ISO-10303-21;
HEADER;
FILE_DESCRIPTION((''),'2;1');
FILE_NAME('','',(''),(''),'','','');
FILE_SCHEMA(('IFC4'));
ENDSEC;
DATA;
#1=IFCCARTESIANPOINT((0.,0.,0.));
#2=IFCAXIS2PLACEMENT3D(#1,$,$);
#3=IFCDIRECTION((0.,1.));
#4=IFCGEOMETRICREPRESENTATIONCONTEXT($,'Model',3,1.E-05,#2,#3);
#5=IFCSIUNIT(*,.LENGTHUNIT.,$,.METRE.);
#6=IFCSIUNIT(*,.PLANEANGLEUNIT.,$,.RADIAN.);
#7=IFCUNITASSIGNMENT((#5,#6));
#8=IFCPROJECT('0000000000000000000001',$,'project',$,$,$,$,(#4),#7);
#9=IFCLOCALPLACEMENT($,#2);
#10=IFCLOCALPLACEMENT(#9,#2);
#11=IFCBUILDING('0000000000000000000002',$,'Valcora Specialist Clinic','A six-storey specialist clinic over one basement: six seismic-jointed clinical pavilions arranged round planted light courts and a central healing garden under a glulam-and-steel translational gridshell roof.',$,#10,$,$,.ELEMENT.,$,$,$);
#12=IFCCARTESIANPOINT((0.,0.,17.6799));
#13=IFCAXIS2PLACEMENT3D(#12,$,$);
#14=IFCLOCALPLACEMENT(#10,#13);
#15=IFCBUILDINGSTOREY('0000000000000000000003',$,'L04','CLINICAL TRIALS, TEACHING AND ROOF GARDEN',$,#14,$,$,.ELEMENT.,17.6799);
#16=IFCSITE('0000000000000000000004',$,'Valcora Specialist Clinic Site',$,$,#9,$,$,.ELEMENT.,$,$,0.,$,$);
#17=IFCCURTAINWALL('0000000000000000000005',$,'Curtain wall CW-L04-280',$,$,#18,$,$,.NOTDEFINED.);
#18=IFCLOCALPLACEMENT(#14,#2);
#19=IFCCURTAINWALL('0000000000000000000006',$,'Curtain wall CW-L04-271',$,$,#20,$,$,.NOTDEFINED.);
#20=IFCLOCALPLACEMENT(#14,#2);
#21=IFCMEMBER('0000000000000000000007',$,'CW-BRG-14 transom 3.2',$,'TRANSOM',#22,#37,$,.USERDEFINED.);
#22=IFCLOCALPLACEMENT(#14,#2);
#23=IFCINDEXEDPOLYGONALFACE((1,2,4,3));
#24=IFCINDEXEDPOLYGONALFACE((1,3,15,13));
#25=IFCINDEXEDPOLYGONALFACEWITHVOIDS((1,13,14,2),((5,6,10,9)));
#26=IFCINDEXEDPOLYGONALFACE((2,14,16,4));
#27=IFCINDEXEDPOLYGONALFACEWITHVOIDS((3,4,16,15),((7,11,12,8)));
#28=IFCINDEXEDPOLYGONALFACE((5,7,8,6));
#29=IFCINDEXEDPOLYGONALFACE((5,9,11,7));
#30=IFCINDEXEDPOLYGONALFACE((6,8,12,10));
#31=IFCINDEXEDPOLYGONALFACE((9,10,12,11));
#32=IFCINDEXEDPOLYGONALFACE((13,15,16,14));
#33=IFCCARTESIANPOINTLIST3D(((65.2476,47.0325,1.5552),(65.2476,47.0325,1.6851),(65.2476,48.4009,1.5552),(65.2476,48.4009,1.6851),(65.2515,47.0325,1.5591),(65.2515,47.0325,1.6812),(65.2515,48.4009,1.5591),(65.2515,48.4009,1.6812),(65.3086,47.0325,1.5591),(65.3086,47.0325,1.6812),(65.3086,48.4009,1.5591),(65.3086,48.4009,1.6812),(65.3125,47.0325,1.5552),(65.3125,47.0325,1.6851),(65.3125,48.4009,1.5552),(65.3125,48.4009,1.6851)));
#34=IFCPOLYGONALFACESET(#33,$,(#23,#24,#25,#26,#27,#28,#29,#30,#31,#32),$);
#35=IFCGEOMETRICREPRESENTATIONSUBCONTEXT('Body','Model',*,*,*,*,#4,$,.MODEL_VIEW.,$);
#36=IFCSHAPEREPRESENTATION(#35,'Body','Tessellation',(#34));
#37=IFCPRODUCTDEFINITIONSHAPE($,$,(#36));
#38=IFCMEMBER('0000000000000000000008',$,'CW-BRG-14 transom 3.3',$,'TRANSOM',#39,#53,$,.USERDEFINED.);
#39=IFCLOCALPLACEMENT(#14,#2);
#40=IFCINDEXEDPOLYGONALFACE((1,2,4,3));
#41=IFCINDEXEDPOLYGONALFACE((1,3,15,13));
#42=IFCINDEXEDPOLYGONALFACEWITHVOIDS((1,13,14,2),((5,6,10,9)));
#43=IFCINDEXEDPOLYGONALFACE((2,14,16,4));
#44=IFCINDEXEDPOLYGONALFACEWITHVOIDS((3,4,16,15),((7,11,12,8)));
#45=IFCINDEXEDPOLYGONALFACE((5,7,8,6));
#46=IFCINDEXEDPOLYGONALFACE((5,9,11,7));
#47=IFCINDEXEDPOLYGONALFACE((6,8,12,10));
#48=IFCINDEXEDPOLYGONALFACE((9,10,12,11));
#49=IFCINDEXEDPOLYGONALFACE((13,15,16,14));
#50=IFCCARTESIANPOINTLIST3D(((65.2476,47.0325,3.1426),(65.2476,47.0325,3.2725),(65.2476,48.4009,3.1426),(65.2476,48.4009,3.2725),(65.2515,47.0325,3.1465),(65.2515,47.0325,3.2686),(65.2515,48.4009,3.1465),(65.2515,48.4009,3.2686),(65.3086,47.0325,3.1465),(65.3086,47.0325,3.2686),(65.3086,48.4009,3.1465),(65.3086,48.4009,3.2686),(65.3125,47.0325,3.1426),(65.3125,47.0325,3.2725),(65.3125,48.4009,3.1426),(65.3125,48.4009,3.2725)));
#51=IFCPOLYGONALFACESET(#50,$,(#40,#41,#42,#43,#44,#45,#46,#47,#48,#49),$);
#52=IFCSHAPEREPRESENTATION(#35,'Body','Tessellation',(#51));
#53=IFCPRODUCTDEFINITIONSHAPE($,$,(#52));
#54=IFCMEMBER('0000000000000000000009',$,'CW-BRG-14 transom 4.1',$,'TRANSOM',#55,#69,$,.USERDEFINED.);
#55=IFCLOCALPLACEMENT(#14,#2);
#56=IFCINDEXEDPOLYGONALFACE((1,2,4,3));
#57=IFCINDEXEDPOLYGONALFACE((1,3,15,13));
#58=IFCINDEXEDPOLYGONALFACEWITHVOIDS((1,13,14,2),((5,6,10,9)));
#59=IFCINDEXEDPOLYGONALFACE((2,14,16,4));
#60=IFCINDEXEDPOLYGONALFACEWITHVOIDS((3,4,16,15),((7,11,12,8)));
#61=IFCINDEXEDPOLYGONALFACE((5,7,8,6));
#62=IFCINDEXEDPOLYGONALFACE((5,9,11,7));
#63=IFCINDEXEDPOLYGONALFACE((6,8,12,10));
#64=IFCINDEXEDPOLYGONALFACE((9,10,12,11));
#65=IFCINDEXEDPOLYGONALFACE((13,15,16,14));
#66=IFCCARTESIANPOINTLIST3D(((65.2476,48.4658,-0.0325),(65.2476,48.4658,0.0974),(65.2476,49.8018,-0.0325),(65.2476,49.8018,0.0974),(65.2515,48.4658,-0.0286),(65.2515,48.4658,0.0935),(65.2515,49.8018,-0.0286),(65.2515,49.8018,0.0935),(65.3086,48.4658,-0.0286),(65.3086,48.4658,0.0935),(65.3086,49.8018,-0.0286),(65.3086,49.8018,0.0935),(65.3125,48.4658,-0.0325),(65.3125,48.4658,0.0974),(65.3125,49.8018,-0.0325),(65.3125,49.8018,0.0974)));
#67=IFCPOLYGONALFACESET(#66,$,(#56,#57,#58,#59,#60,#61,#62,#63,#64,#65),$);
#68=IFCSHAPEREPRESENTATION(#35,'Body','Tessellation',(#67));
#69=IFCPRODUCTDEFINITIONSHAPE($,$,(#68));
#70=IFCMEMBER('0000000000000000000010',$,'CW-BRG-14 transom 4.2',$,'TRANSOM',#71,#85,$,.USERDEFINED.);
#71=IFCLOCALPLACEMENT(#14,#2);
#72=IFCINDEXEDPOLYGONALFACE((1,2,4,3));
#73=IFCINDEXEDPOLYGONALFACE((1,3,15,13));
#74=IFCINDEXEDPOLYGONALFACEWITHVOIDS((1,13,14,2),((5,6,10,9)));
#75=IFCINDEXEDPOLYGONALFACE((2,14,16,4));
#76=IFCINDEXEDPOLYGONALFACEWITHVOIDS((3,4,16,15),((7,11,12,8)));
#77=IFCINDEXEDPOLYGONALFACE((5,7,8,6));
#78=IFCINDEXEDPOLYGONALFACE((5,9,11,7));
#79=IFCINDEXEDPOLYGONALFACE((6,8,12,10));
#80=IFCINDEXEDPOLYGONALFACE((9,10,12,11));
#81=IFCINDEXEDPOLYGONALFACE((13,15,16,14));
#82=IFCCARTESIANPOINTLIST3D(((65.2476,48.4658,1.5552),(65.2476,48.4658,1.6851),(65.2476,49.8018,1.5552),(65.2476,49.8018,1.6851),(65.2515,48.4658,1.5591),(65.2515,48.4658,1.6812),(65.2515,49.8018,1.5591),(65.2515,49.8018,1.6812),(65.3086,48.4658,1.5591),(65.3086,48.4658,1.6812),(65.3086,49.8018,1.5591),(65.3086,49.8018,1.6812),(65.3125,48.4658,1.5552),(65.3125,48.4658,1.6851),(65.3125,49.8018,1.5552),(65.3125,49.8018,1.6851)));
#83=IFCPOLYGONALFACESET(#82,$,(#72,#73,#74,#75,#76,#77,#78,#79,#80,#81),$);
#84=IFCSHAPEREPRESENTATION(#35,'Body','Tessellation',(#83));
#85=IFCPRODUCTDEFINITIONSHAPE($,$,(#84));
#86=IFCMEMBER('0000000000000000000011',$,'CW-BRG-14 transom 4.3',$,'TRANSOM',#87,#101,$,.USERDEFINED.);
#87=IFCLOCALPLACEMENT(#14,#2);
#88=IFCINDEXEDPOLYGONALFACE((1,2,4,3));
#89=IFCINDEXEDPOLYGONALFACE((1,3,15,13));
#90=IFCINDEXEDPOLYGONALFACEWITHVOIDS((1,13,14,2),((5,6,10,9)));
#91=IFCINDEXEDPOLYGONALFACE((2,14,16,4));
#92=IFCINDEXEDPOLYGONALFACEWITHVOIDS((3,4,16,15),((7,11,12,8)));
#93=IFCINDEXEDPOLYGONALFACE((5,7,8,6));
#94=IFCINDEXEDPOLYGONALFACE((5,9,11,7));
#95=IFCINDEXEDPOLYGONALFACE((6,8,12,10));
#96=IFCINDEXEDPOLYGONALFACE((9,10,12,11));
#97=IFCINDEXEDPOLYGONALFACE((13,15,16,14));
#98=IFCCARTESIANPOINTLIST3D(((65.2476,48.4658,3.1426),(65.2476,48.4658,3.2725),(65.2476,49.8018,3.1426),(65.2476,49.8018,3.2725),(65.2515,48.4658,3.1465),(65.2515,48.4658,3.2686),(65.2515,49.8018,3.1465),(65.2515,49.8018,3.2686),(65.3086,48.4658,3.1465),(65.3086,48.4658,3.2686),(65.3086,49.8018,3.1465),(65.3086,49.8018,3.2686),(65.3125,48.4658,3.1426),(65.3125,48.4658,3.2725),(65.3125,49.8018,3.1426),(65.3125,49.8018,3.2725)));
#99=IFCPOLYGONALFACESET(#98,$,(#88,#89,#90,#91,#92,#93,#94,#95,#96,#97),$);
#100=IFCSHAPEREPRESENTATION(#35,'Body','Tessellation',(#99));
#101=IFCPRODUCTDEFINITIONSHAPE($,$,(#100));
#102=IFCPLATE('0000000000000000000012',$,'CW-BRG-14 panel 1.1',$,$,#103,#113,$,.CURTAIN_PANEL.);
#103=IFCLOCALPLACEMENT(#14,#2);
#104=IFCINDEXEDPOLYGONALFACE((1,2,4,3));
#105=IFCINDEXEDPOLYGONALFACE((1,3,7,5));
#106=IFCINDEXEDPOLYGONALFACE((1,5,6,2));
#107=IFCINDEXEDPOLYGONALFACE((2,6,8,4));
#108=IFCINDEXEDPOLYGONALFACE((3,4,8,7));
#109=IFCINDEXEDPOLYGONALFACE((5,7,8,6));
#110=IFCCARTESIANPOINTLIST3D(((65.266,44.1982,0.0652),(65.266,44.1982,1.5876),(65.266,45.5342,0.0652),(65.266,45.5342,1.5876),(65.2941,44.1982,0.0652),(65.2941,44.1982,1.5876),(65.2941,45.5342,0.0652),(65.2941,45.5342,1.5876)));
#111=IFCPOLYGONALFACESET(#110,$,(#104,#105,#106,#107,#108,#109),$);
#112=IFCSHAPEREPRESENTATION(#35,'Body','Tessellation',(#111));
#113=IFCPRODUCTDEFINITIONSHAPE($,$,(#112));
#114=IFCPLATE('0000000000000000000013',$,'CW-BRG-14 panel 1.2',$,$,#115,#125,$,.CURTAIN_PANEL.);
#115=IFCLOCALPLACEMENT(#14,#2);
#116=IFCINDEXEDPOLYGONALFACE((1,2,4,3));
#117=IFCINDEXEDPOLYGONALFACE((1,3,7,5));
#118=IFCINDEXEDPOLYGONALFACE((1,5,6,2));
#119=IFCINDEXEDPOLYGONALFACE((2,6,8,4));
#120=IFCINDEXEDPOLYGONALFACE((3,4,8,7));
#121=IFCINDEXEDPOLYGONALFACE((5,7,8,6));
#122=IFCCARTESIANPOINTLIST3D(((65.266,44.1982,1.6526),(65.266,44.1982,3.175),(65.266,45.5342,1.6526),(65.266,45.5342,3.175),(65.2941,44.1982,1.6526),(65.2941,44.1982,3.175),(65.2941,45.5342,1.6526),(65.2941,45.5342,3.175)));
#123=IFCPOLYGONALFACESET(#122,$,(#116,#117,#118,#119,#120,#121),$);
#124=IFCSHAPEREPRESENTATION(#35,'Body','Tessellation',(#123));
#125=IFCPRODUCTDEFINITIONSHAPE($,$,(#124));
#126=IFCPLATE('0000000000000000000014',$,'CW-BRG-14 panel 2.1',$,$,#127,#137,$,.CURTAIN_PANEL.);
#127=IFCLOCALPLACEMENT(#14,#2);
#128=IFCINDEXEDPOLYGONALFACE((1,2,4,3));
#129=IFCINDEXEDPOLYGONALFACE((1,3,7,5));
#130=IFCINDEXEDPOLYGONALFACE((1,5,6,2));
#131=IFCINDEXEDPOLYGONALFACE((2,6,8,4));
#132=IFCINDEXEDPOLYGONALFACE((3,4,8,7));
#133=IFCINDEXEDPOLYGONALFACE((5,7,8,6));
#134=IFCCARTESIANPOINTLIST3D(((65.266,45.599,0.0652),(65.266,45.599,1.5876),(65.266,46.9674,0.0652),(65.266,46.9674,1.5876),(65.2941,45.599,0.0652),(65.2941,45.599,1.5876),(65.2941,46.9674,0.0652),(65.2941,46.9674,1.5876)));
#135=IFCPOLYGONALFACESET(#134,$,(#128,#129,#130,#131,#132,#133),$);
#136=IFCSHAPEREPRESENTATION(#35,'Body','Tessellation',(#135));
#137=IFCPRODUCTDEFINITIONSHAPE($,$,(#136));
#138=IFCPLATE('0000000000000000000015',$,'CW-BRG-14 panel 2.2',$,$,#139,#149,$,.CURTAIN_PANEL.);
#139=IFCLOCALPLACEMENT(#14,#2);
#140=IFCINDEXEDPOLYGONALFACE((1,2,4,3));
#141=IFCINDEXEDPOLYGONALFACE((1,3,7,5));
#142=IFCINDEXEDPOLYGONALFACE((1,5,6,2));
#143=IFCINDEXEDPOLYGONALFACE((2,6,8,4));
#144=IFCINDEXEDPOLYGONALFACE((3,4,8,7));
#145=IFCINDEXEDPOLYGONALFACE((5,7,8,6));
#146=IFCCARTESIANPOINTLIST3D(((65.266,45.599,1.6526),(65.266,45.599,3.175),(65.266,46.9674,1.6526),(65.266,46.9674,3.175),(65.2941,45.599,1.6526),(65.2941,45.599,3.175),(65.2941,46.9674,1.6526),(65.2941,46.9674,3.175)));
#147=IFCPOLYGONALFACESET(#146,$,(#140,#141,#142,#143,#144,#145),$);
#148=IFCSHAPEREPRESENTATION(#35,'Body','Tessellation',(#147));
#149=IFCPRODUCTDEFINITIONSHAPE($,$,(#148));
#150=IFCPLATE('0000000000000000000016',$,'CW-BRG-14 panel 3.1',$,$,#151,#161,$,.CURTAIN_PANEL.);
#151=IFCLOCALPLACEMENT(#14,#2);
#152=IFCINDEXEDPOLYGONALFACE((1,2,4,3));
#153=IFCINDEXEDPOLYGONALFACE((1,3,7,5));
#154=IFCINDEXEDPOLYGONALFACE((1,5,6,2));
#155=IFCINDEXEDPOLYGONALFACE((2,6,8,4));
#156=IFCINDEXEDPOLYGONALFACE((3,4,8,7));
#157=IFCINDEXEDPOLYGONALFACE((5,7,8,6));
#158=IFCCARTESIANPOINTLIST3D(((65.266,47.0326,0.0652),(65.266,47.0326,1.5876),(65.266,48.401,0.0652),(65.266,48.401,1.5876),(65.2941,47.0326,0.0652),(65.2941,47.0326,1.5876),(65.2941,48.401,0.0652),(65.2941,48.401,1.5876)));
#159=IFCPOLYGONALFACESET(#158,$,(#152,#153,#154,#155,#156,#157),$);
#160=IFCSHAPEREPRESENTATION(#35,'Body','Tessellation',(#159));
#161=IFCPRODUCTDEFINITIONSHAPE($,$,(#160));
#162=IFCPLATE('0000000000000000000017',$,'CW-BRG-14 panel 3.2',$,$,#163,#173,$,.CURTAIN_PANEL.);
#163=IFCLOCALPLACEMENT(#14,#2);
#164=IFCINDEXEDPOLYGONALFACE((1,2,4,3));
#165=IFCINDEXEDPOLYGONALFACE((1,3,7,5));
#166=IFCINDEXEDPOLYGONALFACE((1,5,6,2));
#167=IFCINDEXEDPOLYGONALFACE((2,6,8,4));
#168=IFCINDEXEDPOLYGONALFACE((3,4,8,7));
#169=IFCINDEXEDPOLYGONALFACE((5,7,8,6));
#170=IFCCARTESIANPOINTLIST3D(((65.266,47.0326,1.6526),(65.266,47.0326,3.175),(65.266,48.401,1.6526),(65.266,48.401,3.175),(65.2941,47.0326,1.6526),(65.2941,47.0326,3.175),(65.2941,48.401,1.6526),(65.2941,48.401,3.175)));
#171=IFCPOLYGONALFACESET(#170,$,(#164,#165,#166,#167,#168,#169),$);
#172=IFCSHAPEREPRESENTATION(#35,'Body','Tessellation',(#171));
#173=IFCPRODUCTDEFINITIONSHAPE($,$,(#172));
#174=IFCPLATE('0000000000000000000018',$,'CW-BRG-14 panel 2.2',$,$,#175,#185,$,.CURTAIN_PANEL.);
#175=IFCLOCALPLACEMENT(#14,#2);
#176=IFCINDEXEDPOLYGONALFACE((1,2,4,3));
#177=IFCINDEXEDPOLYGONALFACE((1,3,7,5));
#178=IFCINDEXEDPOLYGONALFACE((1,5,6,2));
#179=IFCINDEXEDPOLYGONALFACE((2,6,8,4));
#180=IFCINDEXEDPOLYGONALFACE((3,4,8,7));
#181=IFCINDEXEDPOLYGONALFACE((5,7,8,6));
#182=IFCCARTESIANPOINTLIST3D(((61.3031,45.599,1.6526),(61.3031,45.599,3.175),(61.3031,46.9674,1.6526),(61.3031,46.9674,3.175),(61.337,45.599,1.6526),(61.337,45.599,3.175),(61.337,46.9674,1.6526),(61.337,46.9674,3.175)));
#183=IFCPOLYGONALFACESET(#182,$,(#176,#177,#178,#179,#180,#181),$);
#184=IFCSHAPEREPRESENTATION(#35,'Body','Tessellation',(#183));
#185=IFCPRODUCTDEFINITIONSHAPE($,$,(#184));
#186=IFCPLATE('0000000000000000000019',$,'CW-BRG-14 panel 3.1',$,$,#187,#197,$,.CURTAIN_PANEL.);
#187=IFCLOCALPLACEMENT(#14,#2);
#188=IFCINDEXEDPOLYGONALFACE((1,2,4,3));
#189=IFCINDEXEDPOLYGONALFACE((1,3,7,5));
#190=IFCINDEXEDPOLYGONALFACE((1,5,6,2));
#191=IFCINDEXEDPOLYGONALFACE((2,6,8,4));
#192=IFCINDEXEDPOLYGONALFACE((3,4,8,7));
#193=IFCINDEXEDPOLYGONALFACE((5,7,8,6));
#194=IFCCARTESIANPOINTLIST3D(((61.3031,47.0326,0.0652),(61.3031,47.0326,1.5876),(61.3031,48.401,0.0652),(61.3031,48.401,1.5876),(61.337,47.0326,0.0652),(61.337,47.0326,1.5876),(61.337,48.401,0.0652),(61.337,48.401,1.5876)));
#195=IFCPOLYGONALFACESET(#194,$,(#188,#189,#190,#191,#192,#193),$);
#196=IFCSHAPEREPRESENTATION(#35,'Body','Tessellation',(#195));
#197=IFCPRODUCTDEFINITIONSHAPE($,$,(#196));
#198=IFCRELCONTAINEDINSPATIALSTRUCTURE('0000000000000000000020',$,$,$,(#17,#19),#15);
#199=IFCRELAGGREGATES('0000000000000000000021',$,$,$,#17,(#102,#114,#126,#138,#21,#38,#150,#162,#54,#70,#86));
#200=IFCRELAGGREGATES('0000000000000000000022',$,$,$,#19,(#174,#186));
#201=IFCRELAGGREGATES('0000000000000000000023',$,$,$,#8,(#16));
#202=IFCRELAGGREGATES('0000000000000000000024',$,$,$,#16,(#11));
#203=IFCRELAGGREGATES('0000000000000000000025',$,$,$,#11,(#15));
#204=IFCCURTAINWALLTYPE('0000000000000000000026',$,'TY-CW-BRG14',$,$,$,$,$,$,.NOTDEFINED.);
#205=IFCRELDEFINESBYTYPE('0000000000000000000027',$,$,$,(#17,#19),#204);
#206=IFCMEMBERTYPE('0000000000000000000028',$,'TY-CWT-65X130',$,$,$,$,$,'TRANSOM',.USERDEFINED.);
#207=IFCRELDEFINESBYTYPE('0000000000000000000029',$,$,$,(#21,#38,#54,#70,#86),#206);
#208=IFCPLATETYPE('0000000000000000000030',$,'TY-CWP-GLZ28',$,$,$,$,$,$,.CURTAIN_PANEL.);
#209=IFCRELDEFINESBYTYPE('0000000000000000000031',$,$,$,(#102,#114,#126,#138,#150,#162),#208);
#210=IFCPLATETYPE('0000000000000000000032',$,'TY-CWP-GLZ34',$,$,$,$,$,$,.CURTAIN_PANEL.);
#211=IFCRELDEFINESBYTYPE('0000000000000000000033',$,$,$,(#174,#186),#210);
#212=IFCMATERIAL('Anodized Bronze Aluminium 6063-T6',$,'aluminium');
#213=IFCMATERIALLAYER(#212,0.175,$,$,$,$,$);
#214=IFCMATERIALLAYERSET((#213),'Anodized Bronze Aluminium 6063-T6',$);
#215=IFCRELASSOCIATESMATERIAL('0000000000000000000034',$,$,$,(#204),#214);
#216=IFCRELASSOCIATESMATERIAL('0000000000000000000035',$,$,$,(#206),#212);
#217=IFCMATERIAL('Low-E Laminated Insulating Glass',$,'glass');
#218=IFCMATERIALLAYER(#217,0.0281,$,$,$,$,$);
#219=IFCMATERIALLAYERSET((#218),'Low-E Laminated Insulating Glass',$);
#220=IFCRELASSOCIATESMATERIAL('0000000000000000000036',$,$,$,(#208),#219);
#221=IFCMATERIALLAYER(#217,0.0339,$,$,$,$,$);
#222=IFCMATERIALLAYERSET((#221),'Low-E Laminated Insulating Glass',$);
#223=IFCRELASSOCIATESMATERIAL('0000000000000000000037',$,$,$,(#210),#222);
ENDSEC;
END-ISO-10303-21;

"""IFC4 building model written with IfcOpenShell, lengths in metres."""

from ifc_helpers import new_model, si_unit, direction, frame, origin, origin_2d, place, context, subcontext, project, spatial, rectangle, hollow_rectangle, extrude, material, layer, layer_set, material_profile, profile_set, type_object, element, aggregate, save


model = new_model("IFC4")

# Units and contexts
model_context = context("Model", 3, precision=1e-05, world=origin(), true_north=direction((0.0, 1.0)))
body_context = subcontext(model_context, "Body", "Model", "MODEL_VIEW")
ifc_project = project(units=[si_unit("LENGTHUNIT", "METRE"), si_unit("PLANEANGLEUNIT", "RADIAN")], contexts=[model_context])

# Site, building, storey
site_placement = place(None, origin())
site = spatial("IfcSite", under=ifc_project, at=site_placement, Name="Valcora Specialist Clinic Site", CompositionType="ELEMENT", RefElevation=0.0)
building_placement = place(site_placement, origin())
building = spatial("IfcBuilding", under=site, at=building_placement, Name="Valcora Specialist Clinic", Description="A six-storey specialist clinic over one basement: six seismic-jointed clinical pavilions arranged round planted light courts and a central healing garden under a glulam-and-steel translational gridshell roof.", CompositionType="ELEMENT")
storey_placement = place(building_placement, frame((0.0, 0.0, 17.6799)))
storey = spatial("IfcBuildingStorey", under=building, at=storey_placement, Name="L04", Description="CLINICAL TRIALS, TEACHING AND ROOF GARDEN", CompositionType="ELEMENT", Elevation=17.6799)

# Curtain walls
ifc_material_1 = material(Name="Anodized Bronze Aluminium 6063-T6", Category="aluminium")
ifc_layer_1 = layer(ifc_material_1, 0.175)
ifc_layer_set_1 = layer_set([ifc_layer_1], Name="Anodized Bronze Aluminium 6063-T6")
curtain_wall_type = type_object("IfcCurtainWallType", Name="TY-CW-BRG14", PredefinedType="NOTDEFINED", material=ifc_layer_set_1)
curtain_wall_1_placement = place(storey_placement, origin())
curtain_wall_1 = element("IfcCurtainWall", 1, at=curtain_wall_1_placement, inside=storey, type_object=curtain_wall_type, Name="Curtain wall CW-L04-280", PredefinedType="NOTDEFINED")
curtain_wall_2_placement = place(storey_placement, origin())
curtain_wall_2 = element("IfcCurtainWall", 2, at=curtain_wall_2_placement, inside=storey, type_object=curtain_wall_type, Name="Curtain wall CW-L04-271", PredefinedType="NOTDEFINED")
ifc_material_profile_1 = material_profile(ifc_material_1, hollow_rectangle(XDim=0.0649, YDim=0.1299, WallThickness=0.0039, at=origin_2d()), Name="AL-TRN-65X130")
ifc_profile_set_1 = profile_set([ifc_material_profile_1], Name="Anodized Bronze Aluminium 6063-T6")
member_type_1 = type_object("IfcMemberType", Name="TY-CWT-65X130", ElementType="TRANSOM", PredefinedType="USERDEFINED", material=ifc_profile_set_1)

# Members
member_1_placement = place(storey_placement, frame((65.28, 47.0325, 1.6201), z_axis=(0.0, 1.0, 0.0), x_axis=(-1.0, 0.0, 0.0)))
member_1 = element("IfcMember", 3, at=member_1_placement, type_object=member_type_1, Name="CW-BRG-14 transom 3.2", ObjectType="TRANSOM", PredefinedType="USERDEFINED", context=body_context, shape_type="SweptSolid", body=[
    extrude(hollow_rectangle(XDim=0.0649, YDim=0.1299, WallThickness=0.0039, at=origin_2d()), origin(), (0.0, 0.0, 1.0), 1.3684),
])
member_2_placement = place(storey_placement, frame((65.28, 47.0325, 3.2075), z_axis=(0.0, 1.0, 0.0), x_axis=(-1.0, 0.0, 0.0)))
member_2 = element("IfcMember", 4, at=member_2_placement, type_object=member_type_1, Name="CW-BRG-14 transom 3.3", ObjectType="TRANSOM", PredefinedType="USERDEFINED", context=body_context, shape_type="SweptSolid", body=[
    extrude(hollow_rectangle(XDim=0.0649, YDim=0.1299, WallThickness=0.0039, at=origin_2d()), origin(), (0.0, 0.0, 1.0), 1.3684),
])
member_3_placement = place(storey_placement, frame((65.28, 48.4658, 0.0325), z_axis=(0.0, 1.0, 0.0), x_axis=(-1.0, 0.0, 0.0)))
member_3 = element("IfcMember", 5, at=member_3_placement, type_object=member_type_1, Name="CW-BRG-14 transom 4.1", ObjectType="TRANSOM", PredefinedType="USERDEFINED", context=body_context, shape_type="SweptSolid", body=[
    extrude(hollow_rectangle(XDim=0.0649, YDim=0.1299, WallThickness=0.0039, at=origin_2d()), origin(), (0.0, 0.0, 1.0), 1.3359),
])
member_4_placement = place(storey_placement, frame((65.28, 48.4658, 1.6201), z_axis=(0.0, 1.0, 0.0), x_axis=(-1.0, 0.0, 0.0)))
member_4 = element("IfcMember", 6, at=member_4_placement, type_object=member_type_1, Name="CW-BRG-14 transom 4.2", ObjectType="TRANSOM", PredefinedType="USERDEFINED", context=body_context, shape_type="SweptSolid", body=[
    extrude(hollow_rectangle(XDim=0.0649, YDim=0.1299, WallThickness=0.0039, at=origin_2d()), origin(), (0.0, 0.0, 1.0), 1.3359),
])
member_5_placement = place(storey_placement, frame((65.28, 48.4658, 3.2075), z_axis=(0.0, 1.0, 0.0), x_axis=(-1.0, 0.0, 0.0)))
member_5 = element("IfcMember", 7, at=member_5_placement, type_object=member_type_1, Name="CW-BRG-14 transom 4.3", ObjectType="TRANSOM", PredefinedType="USERDEFINED", context=body_context, shape_type="SweptSolid", body=[
    extrude(hollow_rectangle(XDim=0.0649, YDim=0.1299, WallThickness=0.0039, at=origin_2d()), origin(), (0.0, 0.0, 1.0), 1.3359),
])

# Plates
ifc_material_2 = material(Name="Low-E Laminated Insulating Glass", Category="glass")
ifc_layer_2 = layer(ifc_material_2, 0.0281)
ifc_layer_set_2 = layer_set([ifc_layer_2], Name="Low-E Laminated Insulating Glass")
plate_type_1 = type_object("IfcPlateType", Name="TY-CWP-GLZ28", PredefinedType="CURTAIN_PANEL", material=ifc_layer_set_2)
plate_1_placement = place(storey_placement, frame((65.28, 44.8662, 0.0652), z_axis=(0.0, 0.0, 1.0), x_axis=(0.0, 1.0, 0.0)))
plate_1 = element("IfcPlate", 8, at=plate_1_placement, type_object=plate_type_1, Name="CW-BRG-14 panel 1.1", PredefinedType="CURTAIN_PANEL", context=body_context, shape_type="SweptSolid", body=[
    extrude(rectangle(XDim=1.3359, YDim=0.0281, at=origin_2d()), origin(), (0.0, 0.0, 1.0), 1.5225),
])
plate_2_placement = place(storey_placement, frame((65.28, 44.8662, 1.6526), z_axis=(0.0, 0.0, 1.0), x_axis=(0.0, 1.0, 0.0)))
plate_2 = element("IfcPlate", 9, at=plate_2_placement, type_object=plate_type_1, Name="CW-BRG-14 panel 1.2", PredefinedType="CURTAIN_PANEL", context=body_context, shape_type="SweptSolid", body=[
    extrude(rectangle(XDim=1.3359, YDim=0.0281, at=origin_2d()), origin(), (0.0, 0.0, 1.0), 1.5225),
])
plate_3_placement = place(storey_placement, frame((65.28, 46.2832, 0.0652), z_axis=(0.0, 0.0, 1.0), x_axis=(0.0, 1.0, 0.0)))
plate_3 = element("IfcPlate", 10, at=plate_3_placement, type_object=plate_type_1, Name="CW-BRG-14 panel 2.1", PredefinedType="CURTAIN_PANEL", context=body_context, shape_type="SweptSolid", body=[
    extrude(rectangle(XDim=1.3684, YDim=0.0281, at=origin_2d()), origin(), (0.0, 0.0, 1.0), 1.5225),
])
plate_4_placement = place(storey_placement, frame((65.28, 46.2832, 1.6526), z_axis=(0.0, 0.0, 1.0), x_axis=(0.0, 1.0, 0.0)))
plate_4 = element("IfcPlate", 11, at=plate_4_placement, type_object=plate_type_1, Name="CW-BRG-14 panel 2.2", PredefinedType="CURTAIN_PANEL", context=body_context, shape_type="SweptSolid", body=[
    extrude(rectangle(XDim=1.3684, YDim=0.0281, at=origin_2d()), origin(), (0.0, 0.0, 1.0), 1.5225),
])
plate_5_placement = place(storey_placement, frame((65.28, 47.7168, 0.0652), z_axis=(0.0, 0.0, 1.0), x_axis=(0.0, 1.0, 0.0)))
plate_5 = element("IfcPlate", 12, at=plate_5_placement, type_object=plate_type_1, Name="CW-BRG-14 panel 3.1", PredefinedType="CURTAIN_PANEL", context=body_context, shape_type="SweptSolid", body=[
    extrude(rectangle(XDim=1.3684, YDim=0.0281, at=origin_2d()), origin(), (0.0, 0.0, 1.0), 1.5225),
])
plate_6_placement = place(storey_placement, frame((65.28, 47.7168, 1.6526), z_axis=(0.0, 0.0, 1.0), x_axis=(0.0, 1.0, 0.0)))
plate_6 = element("IfcPlate", 13, at=plate_6_placement, type_object=plate_type_1, Name="CW-BRG-14 panel 3.2", PredefinedType="CURTAIN_PANEL", context=body_context, shape_type="SweptSolid", body=[
    extrude(rectangle(XDim=1.3684, YDim=0.0281, at=origin_2d()), origin(), (0.0, 0.0, 1.0), 1.5225),
])
aggregate(curtain_wall_1, [plate_1, plate_2, plate_3, plate_4, member_1, member_2, plate_5, plate_6, member_3, member_4, member_5])
ifc_layer_3 = layer(ifc_material_2, 0.0339)
ifc_layer_set_3 = layer_set([ifc_layer_3], Name="Low-E Laminated Insulating Glass")
plate_type_2 = type_object("IfcPlateType", Name="TY-CWP-GLZ34", PredefinedType="CURTAIN_PANEL", material=ifc_layer_set_3)
plate_7_placement = place(storey_placement, frame((61.3201, 46.2832, 1.6526), z_axis=(0.0, 0.0, 1.0), x_axis=(0.0, 1.0, 0.0)))
plate_7 = element("IfcPlate", 14, at=plate_7_placement, type_object=plate_type_2, Name="CW-BRG-14 panel 2.2", PredefinedType="CURTAIN_PANEL", context=body_context, shape_type="SweptSolid", body=[
    extrude(rectangle(XDim=1.3684, YDim=0.0339, at=origin_2d()), origin(), (0.0, 0.0, 1.0), 1.5225),
])
plate_8_placement = place(storey_placement, frame((61.3201, 47.7168, 0.0652), z_axis=(0.0, 0.0, 1.0), x_axis=(0.0, 1.0, 0.0)))
plate_8 = element("IfcPlate", 15, at=plate_8_placement, type_object=plate_type_2, Name="CW-BRG-14 panel 3.1", PredefinedType="CURTAIN_PANEL", context=body_context, shape_type="SweptSolid", body=[
    extrude(rectangle(XDim=1.3684, YDim=0.0339, at=origin_2d()), origin(), (0.0, 0.0, 1.0), 1.5225),
])
aggregate(curtain_wall_2, [plate_7, plate_8])

save(model, "model.ifc")
